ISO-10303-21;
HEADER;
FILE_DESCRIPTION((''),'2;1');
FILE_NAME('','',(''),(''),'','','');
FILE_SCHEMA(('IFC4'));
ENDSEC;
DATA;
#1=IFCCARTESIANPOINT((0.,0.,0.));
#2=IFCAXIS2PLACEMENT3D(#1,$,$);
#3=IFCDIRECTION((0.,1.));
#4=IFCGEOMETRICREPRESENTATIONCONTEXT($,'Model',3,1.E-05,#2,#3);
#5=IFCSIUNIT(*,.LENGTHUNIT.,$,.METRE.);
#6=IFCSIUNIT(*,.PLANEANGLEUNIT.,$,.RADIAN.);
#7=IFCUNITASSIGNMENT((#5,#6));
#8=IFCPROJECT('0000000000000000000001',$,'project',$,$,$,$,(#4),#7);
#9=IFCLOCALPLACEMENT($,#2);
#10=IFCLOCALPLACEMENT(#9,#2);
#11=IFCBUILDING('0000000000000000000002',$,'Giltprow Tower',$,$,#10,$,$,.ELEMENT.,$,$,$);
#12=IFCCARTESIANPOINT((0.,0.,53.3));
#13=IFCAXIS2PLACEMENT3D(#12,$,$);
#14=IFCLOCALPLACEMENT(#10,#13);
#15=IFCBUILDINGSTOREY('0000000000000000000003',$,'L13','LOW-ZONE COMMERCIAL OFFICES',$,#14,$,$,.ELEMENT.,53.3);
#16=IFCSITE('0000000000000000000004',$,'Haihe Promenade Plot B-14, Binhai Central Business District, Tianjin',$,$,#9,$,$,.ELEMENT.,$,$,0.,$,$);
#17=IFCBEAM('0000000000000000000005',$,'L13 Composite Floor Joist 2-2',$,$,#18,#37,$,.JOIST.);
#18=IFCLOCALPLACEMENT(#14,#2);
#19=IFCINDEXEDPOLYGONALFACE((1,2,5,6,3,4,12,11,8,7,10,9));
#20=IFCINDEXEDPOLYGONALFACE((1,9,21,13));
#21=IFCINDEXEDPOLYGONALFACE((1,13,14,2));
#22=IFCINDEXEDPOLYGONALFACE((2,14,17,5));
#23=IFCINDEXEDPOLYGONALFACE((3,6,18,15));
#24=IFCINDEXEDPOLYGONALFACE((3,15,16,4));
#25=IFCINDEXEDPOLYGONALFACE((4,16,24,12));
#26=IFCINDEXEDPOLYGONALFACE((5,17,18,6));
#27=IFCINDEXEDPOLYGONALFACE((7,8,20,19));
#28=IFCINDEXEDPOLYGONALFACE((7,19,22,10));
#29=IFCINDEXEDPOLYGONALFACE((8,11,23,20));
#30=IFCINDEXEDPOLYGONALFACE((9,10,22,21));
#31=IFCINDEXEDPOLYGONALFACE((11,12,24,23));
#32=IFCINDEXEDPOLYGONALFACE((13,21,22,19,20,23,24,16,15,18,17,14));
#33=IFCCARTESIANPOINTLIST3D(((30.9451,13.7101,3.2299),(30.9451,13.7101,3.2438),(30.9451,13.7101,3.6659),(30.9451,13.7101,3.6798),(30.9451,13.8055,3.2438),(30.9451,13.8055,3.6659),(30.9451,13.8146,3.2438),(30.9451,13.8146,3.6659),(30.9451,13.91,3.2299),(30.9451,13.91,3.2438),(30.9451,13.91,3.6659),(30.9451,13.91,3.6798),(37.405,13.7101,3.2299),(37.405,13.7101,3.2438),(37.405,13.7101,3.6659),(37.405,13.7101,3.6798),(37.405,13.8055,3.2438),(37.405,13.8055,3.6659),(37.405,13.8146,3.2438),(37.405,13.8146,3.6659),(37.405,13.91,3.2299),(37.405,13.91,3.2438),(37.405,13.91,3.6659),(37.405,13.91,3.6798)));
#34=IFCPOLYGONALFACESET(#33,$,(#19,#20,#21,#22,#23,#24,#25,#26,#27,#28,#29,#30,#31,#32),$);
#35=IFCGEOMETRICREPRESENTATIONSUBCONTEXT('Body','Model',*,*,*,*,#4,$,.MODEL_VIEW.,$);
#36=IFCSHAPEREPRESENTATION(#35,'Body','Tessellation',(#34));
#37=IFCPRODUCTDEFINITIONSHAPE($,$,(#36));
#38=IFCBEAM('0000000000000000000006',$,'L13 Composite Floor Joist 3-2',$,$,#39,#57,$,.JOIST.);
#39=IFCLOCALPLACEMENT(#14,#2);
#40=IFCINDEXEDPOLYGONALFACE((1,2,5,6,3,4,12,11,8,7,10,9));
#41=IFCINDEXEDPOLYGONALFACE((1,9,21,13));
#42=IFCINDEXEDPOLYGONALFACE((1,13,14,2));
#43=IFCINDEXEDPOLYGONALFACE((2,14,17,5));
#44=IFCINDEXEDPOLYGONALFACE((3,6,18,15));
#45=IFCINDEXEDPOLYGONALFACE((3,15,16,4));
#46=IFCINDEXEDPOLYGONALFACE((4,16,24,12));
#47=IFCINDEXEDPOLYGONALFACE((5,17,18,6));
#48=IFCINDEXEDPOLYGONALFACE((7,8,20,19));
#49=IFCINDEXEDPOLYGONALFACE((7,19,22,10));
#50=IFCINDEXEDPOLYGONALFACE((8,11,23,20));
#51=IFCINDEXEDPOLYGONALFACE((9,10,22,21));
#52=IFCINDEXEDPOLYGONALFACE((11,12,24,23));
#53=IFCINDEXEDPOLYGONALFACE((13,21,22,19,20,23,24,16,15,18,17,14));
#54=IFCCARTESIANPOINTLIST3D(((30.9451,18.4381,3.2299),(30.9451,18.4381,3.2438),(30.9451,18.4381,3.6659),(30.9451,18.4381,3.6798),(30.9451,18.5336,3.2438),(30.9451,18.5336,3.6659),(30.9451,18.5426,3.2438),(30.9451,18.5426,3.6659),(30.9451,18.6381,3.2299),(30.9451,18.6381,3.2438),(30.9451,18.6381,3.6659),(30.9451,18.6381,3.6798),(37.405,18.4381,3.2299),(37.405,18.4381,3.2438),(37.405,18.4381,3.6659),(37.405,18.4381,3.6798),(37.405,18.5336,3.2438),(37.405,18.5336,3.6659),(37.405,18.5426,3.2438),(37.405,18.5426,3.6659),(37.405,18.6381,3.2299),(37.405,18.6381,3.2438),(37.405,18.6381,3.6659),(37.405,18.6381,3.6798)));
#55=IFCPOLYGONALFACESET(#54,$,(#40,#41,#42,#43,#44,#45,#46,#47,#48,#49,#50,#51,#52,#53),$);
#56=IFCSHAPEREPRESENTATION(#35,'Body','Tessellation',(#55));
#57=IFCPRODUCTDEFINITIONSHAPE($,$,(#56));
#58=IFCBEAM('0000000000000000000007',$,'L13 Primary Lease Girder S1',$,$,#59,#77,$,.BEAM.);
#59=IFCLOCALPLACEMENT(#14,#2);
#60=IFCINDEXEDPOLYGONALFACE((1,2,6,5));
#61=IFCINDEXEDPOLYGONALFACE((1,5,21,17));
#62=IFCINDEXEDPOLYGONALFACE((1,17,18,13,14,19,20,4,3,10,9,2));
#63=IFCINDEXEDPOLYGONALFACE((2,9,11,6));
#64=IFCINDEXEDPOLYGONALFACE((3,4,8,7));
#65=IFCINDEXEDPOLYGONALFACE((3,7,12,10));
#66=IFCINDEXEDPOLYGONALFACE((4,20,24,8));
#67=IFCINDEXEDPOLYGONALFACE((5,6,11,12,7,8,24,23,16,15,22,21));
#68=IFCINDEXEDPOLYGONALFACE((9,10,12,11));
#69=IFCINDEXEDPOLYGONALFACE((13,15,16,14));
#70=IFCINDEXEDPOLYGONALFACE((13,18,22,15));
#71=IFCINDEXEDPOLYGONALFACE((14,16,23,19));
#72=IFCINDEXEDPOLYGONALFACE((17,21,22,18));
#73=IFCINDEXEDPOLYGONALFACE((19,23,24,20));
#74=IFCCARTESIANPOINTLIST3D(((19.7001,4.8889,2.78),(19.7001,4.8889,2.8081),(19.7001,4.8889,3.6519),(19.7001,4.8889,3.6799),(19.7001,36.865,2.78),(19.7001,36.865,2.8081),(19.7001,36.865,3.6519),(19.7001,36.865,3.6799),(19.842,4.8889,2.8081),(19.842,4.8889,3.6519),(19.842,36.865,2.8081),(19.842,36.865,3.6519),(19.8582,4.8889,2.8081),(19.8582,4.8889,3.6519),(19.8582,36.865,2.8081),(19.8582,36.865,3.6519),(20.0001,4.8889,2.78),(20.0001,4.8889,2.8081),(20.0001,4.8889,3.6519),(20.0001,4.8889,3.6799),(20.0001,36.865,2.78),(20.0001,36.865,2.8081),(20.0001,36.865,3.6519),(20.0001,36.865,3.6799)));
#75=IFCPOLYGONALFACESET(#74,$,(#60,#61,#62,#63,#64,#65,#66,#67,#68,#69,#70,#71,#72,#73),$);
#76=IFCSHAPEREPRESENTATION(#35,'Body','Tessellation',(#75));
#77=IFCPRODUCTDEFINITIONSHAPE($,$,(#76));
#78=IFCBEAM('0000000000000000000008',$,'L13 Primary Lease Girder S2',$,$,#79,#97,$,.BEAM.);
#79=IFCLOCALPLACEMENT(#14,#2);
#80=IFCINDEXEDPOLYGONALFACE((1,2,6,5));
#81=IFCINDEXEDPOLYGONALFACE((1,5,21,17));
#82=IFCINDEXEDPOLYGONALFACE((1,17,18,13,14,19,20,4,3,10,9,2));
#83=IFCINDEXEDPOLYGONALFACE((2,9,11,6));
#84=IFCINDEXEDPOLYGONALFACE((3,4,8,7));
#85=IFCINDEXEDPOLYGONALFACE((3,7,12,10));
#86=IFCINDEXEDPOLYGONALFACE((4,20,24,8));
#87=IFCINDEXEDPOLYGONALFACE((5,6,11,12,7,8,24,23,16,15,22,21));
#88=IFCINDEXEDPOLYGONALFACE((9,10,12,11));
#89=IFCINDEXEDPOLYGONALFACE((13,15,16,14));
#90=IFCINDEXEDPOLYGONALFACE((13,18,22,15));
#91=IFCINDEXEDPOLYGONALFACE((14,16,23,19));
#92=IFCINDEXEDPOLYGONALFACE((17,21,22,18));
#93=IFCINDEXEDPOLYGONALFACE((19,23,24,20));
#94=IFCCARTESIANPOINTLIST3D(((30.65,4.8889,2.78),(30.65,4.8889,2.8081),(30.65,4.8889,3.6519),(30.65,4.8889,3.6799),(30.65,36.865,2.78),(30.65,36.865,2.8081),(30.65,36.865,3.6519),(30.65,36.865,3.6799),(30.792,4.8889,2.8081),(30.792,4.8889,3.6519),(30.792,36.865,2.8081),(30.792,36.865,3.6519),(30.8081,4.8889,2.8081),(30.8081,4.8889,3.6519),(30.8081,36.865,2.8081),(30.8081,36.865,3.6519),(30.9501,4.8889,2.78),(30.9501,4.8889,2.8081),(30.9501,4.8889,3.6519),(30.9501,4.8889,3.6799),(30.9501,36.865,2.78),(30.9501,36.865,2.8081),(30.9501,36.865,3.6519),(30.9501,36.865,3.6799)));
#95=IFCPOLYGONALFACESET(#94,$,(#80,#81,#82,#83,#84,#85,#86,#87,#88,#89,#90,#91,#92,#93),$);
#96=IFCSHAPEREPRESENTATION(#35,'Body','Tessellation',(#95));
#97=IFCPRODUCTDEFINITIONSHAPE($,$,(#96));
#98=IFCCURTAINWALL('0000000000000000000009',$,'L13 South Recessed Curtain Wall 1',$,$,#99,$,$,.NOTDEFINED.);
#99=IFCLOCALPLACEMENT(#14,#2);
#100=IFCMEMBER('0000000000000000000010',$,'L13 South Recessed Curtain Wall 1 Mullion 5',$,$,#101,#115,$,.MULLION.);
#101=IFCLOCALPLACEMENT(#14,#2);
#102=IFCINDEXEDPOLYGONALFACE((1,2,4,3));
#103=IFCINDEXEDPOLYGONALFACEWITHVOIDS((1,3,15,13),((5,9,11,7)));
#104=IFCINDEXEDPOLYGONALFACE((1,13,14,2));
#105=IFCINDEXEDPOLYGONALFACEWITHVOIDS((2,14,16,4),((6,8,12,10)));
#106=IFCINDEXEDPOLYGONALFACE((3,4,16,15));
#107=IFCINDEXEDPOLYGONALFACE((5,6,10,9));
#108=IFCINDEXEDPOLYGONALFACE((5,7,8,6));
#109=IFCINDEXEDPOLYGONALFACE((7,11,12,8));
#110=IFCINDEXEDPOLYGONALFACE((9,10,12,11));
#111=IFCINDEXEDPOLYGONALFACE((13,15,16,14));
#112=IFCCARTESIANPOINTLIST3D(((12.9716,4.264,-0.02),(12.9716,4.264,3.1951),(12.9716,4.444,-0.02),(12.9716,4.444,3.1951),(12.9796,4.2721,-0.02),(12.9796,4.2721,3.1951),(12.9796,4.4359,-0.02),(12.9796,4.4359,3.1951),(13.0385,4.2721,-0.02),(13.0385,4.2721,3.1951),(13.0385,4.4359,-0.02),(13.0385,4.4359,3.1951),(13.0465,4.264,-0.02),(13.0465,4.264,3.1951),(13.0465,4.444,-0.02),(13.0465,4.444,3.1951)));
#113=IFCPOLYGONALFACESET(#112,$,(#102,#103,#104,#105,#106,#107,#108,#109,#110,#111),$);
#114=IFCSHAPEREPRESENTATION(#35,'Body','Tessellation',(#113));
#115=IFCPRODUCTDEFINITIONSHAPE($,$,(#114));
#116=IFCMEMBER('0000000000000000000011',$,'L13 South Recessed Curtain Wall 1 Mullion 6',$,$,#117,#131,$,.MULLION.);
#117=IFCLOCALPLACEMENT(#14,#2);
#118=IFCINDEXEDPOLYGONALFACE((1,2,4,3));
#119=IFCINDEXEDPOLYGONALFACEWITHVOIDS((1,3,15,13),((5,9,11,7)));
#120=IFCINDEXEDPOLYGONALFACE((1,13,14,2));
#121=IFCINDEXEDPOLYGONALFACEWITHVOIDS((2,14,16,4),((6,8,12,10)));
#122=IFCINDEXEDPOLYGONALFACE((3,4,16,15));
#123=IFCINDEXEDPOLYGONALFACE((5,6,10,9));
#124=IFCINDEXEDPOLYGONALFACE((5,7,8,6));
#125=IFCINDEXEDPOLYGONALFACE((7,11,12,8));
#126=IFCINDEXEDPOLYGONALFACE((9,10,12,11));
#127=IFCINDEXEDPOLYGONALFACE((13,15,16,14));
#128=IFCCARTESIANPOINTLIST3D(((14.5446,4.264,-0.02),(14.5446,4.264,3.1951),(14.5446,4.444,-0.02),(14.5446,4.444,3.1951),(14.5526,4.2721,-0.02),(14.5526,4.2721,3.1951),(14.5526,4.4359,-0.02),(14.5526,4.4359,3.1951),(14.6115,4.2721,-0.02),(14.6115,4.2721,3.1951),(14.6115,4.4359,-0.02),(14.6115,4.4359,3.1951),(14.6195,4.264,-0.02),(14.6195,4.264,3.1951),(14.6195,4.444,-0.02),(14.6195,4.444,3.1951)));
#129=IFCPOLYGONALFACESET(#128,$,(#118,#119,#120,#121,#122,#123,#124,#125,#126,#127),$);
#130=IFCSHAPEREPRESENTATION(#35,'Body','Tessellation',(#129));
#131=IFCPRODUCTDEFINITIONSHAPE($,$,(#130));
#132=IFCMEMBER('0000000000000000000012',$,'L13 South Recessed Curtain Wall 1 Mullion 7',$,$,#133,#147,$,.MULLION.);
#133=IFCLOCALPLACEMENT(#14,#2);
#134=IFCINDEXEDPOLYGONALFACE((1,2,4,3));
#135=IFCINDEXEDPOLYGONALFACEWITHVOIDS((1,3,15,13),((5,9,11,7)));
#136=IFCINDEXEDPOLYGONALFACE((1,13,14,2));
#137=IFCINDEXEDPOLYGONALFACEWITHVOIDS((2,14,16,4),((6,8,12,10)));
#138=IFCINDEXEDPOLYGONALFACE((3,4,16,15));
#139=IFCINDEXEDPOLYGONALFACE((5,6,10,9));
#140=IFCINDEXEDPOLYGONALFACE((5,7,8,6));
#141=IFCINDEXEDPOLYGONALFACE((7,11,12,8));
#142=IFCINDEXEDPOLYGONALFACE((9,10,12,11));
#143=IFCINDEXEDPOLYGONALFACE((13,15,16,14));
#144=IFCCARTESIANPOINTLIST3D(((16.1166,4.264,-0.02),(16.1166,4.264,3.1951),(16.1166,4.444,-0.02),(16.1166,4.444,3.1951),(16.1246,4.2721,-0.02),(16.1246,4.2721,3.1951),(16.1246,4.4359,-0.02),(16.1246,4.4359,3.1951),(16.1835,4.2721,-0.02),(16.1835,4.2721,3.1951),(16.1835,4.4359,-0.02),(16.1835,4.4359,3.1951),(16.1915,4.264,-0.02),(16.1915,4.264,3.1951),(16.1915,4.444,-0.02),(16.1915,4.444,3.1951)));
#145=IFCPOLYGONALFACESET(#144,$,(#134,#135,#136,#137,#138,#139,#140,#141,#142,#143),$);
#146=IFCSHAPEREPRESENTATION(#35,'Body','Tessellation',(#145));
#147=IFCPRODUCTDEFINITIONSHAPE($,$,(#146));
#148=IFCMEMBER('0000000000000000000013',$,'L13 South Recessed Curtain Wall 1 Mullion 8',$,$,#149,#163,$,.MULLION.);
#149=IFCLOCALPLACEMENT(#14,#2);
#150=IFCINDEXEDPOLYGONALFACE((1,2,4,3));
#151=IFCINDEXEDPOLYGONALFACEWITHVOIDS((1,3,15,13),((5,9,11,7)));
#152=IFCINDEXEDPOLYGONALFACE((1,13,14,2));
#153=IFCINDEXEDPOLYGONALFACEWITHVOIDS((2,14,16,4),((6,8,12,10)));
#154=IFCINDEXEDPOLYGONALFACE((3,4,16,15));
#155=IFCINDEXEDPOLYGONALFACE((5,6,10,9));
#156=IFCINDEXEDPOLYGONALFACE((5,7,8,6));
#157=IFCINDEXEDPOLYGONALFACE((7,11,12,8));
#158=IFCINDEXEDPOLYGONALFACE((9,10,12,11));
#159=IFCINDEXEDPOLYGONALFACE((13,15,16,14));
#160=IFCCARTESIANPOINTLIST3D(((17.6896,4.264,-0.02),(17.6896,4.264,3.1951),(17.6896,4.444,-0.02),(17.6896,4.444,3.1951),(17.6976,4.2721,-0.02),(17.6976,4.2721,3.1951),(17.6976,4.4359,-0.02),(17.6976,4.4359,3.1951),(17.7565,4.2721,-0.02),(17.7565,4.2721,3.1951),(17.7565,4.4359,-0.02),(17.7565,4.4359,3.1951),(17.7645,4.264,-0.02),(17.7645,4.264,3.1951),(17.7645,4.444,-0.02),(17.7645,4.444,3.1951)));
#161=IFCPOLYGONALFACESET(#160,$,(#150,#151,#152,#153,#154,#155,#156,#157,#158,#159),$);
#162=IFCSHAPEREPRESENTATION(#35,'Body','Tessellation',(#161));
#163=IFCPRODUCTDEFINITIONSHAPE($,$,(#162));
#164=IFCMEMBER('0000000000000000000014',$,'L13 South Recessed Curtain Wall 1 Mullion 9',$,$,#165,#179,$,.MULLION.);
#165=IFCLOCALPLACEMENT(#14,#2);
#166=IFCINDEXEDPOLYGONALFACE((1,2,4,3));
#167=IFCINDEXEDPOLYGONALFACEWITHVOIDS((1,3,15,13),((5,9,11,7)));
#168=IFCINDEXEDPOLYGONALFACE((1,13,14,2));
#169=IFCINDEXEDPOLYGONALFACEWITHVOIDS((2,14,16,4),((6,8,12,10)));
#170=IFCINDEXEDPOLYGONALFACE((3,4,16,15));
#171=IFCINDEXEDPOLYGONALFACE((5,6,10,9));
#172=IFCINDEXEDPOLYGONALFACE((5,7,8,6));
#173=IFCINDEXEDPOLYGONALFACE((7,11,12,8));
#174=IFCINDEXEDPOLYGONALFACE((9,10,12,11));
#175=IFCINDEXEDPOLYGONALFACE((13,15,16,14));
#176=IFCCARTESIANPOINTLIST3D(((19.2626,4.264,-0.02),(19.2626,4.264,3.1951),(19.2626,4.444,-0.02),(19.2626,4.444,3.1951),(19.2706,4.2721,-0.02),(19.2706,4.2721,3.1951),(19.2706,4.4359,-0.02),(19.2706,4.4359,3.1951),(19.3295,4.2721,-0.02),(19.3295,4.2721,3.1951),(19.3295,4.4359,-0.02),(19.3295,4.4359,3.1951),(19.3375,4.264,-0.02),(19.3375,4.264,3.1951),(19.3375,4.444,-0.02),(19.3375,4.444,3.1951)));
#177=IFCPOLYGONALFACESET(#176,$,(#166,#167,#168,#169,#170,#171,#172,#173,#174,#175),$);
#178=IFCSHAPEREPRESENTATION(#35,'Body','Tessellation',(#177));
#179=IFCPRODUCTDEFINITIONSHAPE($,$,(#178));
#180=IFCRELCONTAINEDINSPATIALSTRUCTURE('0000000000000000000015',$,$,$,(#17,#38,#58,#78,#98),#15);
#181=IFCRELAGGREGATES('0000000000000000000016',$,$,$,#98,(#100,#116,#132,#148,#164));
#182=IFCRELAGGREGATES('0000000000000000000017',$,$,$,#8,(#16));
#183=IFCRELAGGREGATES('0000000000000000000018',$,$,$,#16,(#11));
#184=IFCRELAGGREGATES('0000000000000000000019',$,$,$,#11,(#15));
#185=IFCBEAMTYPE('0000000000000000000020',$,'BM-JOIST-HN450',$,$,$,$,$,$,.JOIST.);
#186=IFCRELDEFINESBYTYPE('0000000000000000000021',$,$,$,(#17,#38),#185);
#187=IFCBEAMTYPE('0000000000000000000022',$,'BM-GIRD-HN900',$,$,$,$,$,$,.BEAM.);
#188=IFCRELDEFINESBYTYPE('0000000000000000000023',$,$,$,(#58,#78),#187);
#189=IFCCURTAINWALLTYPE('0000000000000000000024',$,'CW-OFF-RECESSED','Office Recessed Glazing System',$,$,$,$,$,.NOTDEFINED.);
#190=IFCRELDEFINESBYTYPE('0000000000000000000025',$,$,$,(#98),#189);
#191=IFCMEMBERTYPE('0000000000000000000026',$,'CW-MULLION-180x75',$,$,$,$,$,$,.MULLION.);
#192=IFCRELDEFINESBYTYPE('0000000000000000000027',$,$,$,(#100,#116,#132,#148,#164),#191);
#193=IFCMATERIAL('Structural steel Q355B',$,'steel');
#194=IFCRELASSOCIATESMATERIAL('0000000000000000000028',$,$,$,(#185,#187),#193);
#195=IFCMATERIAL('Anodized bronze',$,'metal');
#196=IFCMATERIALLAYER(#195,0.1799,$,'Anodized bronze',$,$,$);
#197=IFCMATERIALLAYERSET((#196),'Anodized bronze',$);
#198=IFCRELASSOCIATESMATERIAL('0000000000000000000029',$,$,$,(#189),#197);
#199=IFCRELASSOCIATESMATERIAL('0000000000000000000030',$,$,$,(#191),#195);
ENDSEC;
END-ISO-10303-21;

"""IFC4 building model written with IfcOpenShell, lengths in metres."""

from ifc_helpers import new_model, si_unit, direction, frame, origin, origin_2d, place, context, subcontext, project, spatial, hollow_rectangle, i_section, extrude, source, transform, mapped, material, layer, layer_set, material_profile, profile_set, type_object, element, aggregate, save


model = new_model("IFC4")

# Units and contexts
model_context = context("Model", 3, precision=1e-05, world=origin(), true_north=direction((0.0, 1.0)))
body_context = subcontext(model_context, "Body", "Model", "MODEL_VIEW")
ifc_project = project(units=[si_unit("LENGTHUNIT", "METRE"), si_unit("PLANEANGLEUNIT", "RADIAN")], contexts=[model_context])

# Site, building, storey
site_placement = place(None, origin())
site = spatial("IfcSite", under=ifc_project, at=site_placement, Name="Haihe Promenade Plot B-14, Binhai Central Business District, Tianjin", CompositionType="ELEMENT", RefElevation=0.0)
building_placement = place(site_placement, origin())
building = spatial("IfcBuilding", under=site, at=building_placement, Name="Giltprow Tower", CompositionType="ELEMENT")
storey_placement = place(building_placement, frame((0.0, 0.0, 53.3)))
storey = spatial("IfcBuildingStorey", under=building, at=storey_placement, Name="L13", Description="LOW-ZONE COMMERCIAL OFFICES", CompositionType="ELEMENT", Elevation=53.3)

# Beams
ifc_material_1 = material(Name="Structural steel Q355B", Category="steel")
ifc_material_profile_1 = material_profile(ifc_material_1, i_section(OverallWidth=0.2, OverallDepth=0.45, WebThickness=0.009, FlangeThickness=0.0139, at=origin_2d()), Name="HN 450x200x9x14")
ifc_profile_set_1 = profile_set([ifc_material_profile_1], Name="Structural steel Q355B")
beam_type_1 = type_object("IfcBeamType", Name="BM-JOIST-HN450", PredefinedType="JOIST", material=ifc_profile_set_1)
shared_shape_1 = source(origin(), body_context, "Body", "SweptSolid", [
    extrude(i_section(OverallWidth=0.2, OverallDepth=0.45, WebThickness=0.009, FlangeThickness=0.0139, at=origin_2d()), origin(), (0.0, 0.0, 1.0), 6.46),
])
for number, where, z_axis, x_axis, name in (
    (1, (30.9451, 13.8101, 3.4548), (1.0, 0.0, 0.0), (0.0, 1.0, 0.0), "L13 Composite Floor Joist 2-2"),
    (2, (30.9451, 18.5381, 3.4548), (1.0, 0.0, 0.0), (0.0, 1.0, 0.0), "L13 Composite Floor Joist 3-2"),
):
    element("IfcBeam", number, at=place(storey_placement, frame(where, z_axis=z_axis, x_axis=x_axis)), inside=storey, type_object=beam_type_1, Name=name, PredefinedType="JOIST", context=body_context, shape_type="MappedRepresentation", body=[
        mapped(shared_shape_1, transform((0.0, 0.0, 0.0), x_axis=(1.0, 0.0, 0.0), y_axis=(0.0, 1.0, 0.0), z_axis=(0.0, 0.0, 1.0), scale=1.0)),
    ])
ifc_material_profile_2 = material_profile(ifc_material_1, i_section(OverallWidth=0.3, OverallDepth=0.8999, WebThickness=0.0161, FlangeThickness=0.0281, at=origin_2d()), Name="HN 900x300x16x28")
ifc_profile_set_2 = profile_set([ifc_material_profile_2], Name="Structural steel Q355B")
beam_type_2 = type_object("IfcBeamType", Name="BM-GIRD-HN900", PredefinedType="BEAM", material=ifc_profile_set_2)
shared_shape_2 = source(origin(), body_context, "Body", "SweptSolid", [
    extrude(i_section(OverallWidth=0.3, OverallDepth=0.8999, WebThickness=0.0161, FlangeThickness=0.0281, at=origin_2d()), origin(), (0.0, 0.0, 1.0), 31.9761),
])
for number, where, z_axis, x_axis, name in (
    (3, (19.8501, 4.8889, 3.23), (0.0, 1.0, 0.0), (-1.0, 0.0, 0.0), "L13 Primary Lease Girder S1"),
    (4, (30.8, 4.8889, 3.23), (0.0, 1.0, 0.0), (-1.0, 0.0, 0.0), "L13 Primary Lease Girder S2"),
):
    element("IfcBeam", number, at=place(storey_placement, frame(where, z_axis=z_axis, x_axis=x_axis)), inside=storey, type_object=beam_type_2, Name=name, PredefinedType="BEAM", context=body_context, shape_type="MappedRepresentation", body=[
        mapped(shared_shape_2, transform((0.0, 0.0, 0.0), x_axis=(1.0, 0.0, 0.0), y_axis=(0.0, 1.0, 0.0), z_axis=(0.0, 0.0, 1.0), scale=1.0)),
    ])

# Curtain wall, members
ifc_material_2 = material(Name="Anodized bronze", Category="metal")
ifc_layer_1 = layer(ifc_material_2, 0.1799, Name="Anodized bronze")
ifc_layer_set_1 = layer_set([ifc_layer_1], Name="Anodized bronze")
curtain_wall_type = type_object("IfcCurtainWallType", Name="CW-OFF-RECESSED", Description="Office Recessed Glazing System", PredefinedType="NOTDEFINED", material=ifc_layer_set_1)
curtain_wall_placement = place(storey_placement, origin())
curtain_wall = element("IfcCurtainWall", 5, at=curtain_wall_placement, inside=storey, type_object=curtain_wall_type, Name="L13 South Recessed Curtain Wall 1", PredefinedType="NOTDEFINED")
ifc_material_profile_3 = material_profile(ifc_material_2, hollow_rectangle(XDim=0.075, YDim=0.1799, WallThickness=0.0081, at=origin_2d()), Name="RHS 180x75x8")
ifc_profile_set_3 = profile_set([ifc_material_profile_3], Name="Anodized bronze")
member_type = type_object("IfcMemberType", Name="CW-MULLION-180x75", PredefinedType="MULLION", material=ifc_profile_set_3)
shared_shape_3 = source(origin(), body_context, "Body", "SweptSolid", [
    extrude(hollow_rectangle(XDim=0.075, YDim=0.1799, WallThickness=0.0081, at=origin_2d()), origin(), (0.0, 0.0, 1.0), 3.2151),
])
member_1_placement = place(storey_placement, frame((13.009, 4.354, -0.02), z_axis=(0.0, 0.0, 1.0), x_axis=(1.0, 0.0, 0.0)))
member_1 = element("IfcMember", 6, at=member_1_placement, type_object=member_type, Name="L13 South Recessed Curtain Wall 1 Mullion 5", PredefinedType="MULLION", context=body_context, shape_type="MappedRepresentation", body=[
    mapped(shared_shape_3, transform((0.0, 0.0, 0.0), x_axis=(1.0, 0.0, 0.0), y_axis=(0.0, 1.0, 0.0), z_axis=(0.0, 0.0, 1.0), scale=1.0)),
])
member_2_placement = place(storey_placement, frame((14.582, 4.354, -0.02), z_axis=(0.0, 0.0, 1.0), x_axis=(1.0, 0.0, 0.0)))
member_2 = element("IfcMember", 7, at=member_2_placement, type_object=member_type, Name="L13 South Recessed Curtain Wall 1 Mullion 6", PredefinedType="MULLION", context=body_context, shape_type="MappedRepresentation", body=[
    mapped(shared_shape_3, transform((0.0, 0.0, 0.0), x_axis=(1.0, 0.0, 0.0), y_axis=(0.0, 1.0, 0.0), z_axis=(0.0, 0.0, 1.0), scale=1.0)),
])
member_3_placement = place(storey_placement, frame((16.1541, 4.354, -0.02), z_axis=(0.0, 0.0, 1.0), x_axis=(1.0, 0.0, 0.0)))
member_3 = element("IfcMember", 8, at=member_3_placement, type_object=member_type, Name="L13 South Recessed Curtain Wall 1 Mullion 7", PredefinedType="MULLION", context=body_context, shape_type="MappedRepresentation", body=[
    mapped(shared_shape_3, transform((0.0, 0.0, 0.0), x_axis=(1.0, 0.0, 0.0), y_axis=(0.0, 1.0, 0.0), z_axis=(0.0, 0.0, 1.0), scale=1.0)),
])
member_4_placement = place(storey_placement, frame((17.7271, 4.354, -0.02), z_axis=(0.0, 0.0, 1.0), x_axis=(1.0, 0.0, 0.0)))
member_4 = element("IfcMember", 9, at=member_4_placement, type_object=member_type, Name="L13 South Recessed Curtain Wall 1 Mullion 8", PredefinedType="MULLION", context=body_context, shape_type="MappedRepresentation", body=[
    mapped(shared_shape_3, transform((0.0, 0.0, 0.0), x_axis=(1.0, 0.0, 0.0), y_axis=(0.0, 1.0, 0.0), z_axis=(0.0, 0.0, 1.0), scale=1.0)),
])
member_5_placement = place(storey_placement, frame((19.3, 4.354, -0.02), z_axis=(0.0, 0.0, 1.0), x_axis=(1.0, 0.0, 0.0)))
member_5 = element("IfcMember", 10, at=member_5_placement, type_object=member_type, Name="L13 South Recessed Curtain Wall 1 Mullion 9", PredefinedType="MULLION", context=body_context, shape_type="MappedRepresentation", body=[
    mapped(shared_shape_3, transform((0.0, 0.0, 0.0), x_axis=(1.0, 0.0, 0.0), y_axis=(0.0, 1.0, 0.0), z_axis=(0.0, 0.0, 1.0), scale=1.0)),
])
aggregate(curtain_wall, [member_1, member_2, member_3, member_4, member_5])

save(model, "model.ifc")
